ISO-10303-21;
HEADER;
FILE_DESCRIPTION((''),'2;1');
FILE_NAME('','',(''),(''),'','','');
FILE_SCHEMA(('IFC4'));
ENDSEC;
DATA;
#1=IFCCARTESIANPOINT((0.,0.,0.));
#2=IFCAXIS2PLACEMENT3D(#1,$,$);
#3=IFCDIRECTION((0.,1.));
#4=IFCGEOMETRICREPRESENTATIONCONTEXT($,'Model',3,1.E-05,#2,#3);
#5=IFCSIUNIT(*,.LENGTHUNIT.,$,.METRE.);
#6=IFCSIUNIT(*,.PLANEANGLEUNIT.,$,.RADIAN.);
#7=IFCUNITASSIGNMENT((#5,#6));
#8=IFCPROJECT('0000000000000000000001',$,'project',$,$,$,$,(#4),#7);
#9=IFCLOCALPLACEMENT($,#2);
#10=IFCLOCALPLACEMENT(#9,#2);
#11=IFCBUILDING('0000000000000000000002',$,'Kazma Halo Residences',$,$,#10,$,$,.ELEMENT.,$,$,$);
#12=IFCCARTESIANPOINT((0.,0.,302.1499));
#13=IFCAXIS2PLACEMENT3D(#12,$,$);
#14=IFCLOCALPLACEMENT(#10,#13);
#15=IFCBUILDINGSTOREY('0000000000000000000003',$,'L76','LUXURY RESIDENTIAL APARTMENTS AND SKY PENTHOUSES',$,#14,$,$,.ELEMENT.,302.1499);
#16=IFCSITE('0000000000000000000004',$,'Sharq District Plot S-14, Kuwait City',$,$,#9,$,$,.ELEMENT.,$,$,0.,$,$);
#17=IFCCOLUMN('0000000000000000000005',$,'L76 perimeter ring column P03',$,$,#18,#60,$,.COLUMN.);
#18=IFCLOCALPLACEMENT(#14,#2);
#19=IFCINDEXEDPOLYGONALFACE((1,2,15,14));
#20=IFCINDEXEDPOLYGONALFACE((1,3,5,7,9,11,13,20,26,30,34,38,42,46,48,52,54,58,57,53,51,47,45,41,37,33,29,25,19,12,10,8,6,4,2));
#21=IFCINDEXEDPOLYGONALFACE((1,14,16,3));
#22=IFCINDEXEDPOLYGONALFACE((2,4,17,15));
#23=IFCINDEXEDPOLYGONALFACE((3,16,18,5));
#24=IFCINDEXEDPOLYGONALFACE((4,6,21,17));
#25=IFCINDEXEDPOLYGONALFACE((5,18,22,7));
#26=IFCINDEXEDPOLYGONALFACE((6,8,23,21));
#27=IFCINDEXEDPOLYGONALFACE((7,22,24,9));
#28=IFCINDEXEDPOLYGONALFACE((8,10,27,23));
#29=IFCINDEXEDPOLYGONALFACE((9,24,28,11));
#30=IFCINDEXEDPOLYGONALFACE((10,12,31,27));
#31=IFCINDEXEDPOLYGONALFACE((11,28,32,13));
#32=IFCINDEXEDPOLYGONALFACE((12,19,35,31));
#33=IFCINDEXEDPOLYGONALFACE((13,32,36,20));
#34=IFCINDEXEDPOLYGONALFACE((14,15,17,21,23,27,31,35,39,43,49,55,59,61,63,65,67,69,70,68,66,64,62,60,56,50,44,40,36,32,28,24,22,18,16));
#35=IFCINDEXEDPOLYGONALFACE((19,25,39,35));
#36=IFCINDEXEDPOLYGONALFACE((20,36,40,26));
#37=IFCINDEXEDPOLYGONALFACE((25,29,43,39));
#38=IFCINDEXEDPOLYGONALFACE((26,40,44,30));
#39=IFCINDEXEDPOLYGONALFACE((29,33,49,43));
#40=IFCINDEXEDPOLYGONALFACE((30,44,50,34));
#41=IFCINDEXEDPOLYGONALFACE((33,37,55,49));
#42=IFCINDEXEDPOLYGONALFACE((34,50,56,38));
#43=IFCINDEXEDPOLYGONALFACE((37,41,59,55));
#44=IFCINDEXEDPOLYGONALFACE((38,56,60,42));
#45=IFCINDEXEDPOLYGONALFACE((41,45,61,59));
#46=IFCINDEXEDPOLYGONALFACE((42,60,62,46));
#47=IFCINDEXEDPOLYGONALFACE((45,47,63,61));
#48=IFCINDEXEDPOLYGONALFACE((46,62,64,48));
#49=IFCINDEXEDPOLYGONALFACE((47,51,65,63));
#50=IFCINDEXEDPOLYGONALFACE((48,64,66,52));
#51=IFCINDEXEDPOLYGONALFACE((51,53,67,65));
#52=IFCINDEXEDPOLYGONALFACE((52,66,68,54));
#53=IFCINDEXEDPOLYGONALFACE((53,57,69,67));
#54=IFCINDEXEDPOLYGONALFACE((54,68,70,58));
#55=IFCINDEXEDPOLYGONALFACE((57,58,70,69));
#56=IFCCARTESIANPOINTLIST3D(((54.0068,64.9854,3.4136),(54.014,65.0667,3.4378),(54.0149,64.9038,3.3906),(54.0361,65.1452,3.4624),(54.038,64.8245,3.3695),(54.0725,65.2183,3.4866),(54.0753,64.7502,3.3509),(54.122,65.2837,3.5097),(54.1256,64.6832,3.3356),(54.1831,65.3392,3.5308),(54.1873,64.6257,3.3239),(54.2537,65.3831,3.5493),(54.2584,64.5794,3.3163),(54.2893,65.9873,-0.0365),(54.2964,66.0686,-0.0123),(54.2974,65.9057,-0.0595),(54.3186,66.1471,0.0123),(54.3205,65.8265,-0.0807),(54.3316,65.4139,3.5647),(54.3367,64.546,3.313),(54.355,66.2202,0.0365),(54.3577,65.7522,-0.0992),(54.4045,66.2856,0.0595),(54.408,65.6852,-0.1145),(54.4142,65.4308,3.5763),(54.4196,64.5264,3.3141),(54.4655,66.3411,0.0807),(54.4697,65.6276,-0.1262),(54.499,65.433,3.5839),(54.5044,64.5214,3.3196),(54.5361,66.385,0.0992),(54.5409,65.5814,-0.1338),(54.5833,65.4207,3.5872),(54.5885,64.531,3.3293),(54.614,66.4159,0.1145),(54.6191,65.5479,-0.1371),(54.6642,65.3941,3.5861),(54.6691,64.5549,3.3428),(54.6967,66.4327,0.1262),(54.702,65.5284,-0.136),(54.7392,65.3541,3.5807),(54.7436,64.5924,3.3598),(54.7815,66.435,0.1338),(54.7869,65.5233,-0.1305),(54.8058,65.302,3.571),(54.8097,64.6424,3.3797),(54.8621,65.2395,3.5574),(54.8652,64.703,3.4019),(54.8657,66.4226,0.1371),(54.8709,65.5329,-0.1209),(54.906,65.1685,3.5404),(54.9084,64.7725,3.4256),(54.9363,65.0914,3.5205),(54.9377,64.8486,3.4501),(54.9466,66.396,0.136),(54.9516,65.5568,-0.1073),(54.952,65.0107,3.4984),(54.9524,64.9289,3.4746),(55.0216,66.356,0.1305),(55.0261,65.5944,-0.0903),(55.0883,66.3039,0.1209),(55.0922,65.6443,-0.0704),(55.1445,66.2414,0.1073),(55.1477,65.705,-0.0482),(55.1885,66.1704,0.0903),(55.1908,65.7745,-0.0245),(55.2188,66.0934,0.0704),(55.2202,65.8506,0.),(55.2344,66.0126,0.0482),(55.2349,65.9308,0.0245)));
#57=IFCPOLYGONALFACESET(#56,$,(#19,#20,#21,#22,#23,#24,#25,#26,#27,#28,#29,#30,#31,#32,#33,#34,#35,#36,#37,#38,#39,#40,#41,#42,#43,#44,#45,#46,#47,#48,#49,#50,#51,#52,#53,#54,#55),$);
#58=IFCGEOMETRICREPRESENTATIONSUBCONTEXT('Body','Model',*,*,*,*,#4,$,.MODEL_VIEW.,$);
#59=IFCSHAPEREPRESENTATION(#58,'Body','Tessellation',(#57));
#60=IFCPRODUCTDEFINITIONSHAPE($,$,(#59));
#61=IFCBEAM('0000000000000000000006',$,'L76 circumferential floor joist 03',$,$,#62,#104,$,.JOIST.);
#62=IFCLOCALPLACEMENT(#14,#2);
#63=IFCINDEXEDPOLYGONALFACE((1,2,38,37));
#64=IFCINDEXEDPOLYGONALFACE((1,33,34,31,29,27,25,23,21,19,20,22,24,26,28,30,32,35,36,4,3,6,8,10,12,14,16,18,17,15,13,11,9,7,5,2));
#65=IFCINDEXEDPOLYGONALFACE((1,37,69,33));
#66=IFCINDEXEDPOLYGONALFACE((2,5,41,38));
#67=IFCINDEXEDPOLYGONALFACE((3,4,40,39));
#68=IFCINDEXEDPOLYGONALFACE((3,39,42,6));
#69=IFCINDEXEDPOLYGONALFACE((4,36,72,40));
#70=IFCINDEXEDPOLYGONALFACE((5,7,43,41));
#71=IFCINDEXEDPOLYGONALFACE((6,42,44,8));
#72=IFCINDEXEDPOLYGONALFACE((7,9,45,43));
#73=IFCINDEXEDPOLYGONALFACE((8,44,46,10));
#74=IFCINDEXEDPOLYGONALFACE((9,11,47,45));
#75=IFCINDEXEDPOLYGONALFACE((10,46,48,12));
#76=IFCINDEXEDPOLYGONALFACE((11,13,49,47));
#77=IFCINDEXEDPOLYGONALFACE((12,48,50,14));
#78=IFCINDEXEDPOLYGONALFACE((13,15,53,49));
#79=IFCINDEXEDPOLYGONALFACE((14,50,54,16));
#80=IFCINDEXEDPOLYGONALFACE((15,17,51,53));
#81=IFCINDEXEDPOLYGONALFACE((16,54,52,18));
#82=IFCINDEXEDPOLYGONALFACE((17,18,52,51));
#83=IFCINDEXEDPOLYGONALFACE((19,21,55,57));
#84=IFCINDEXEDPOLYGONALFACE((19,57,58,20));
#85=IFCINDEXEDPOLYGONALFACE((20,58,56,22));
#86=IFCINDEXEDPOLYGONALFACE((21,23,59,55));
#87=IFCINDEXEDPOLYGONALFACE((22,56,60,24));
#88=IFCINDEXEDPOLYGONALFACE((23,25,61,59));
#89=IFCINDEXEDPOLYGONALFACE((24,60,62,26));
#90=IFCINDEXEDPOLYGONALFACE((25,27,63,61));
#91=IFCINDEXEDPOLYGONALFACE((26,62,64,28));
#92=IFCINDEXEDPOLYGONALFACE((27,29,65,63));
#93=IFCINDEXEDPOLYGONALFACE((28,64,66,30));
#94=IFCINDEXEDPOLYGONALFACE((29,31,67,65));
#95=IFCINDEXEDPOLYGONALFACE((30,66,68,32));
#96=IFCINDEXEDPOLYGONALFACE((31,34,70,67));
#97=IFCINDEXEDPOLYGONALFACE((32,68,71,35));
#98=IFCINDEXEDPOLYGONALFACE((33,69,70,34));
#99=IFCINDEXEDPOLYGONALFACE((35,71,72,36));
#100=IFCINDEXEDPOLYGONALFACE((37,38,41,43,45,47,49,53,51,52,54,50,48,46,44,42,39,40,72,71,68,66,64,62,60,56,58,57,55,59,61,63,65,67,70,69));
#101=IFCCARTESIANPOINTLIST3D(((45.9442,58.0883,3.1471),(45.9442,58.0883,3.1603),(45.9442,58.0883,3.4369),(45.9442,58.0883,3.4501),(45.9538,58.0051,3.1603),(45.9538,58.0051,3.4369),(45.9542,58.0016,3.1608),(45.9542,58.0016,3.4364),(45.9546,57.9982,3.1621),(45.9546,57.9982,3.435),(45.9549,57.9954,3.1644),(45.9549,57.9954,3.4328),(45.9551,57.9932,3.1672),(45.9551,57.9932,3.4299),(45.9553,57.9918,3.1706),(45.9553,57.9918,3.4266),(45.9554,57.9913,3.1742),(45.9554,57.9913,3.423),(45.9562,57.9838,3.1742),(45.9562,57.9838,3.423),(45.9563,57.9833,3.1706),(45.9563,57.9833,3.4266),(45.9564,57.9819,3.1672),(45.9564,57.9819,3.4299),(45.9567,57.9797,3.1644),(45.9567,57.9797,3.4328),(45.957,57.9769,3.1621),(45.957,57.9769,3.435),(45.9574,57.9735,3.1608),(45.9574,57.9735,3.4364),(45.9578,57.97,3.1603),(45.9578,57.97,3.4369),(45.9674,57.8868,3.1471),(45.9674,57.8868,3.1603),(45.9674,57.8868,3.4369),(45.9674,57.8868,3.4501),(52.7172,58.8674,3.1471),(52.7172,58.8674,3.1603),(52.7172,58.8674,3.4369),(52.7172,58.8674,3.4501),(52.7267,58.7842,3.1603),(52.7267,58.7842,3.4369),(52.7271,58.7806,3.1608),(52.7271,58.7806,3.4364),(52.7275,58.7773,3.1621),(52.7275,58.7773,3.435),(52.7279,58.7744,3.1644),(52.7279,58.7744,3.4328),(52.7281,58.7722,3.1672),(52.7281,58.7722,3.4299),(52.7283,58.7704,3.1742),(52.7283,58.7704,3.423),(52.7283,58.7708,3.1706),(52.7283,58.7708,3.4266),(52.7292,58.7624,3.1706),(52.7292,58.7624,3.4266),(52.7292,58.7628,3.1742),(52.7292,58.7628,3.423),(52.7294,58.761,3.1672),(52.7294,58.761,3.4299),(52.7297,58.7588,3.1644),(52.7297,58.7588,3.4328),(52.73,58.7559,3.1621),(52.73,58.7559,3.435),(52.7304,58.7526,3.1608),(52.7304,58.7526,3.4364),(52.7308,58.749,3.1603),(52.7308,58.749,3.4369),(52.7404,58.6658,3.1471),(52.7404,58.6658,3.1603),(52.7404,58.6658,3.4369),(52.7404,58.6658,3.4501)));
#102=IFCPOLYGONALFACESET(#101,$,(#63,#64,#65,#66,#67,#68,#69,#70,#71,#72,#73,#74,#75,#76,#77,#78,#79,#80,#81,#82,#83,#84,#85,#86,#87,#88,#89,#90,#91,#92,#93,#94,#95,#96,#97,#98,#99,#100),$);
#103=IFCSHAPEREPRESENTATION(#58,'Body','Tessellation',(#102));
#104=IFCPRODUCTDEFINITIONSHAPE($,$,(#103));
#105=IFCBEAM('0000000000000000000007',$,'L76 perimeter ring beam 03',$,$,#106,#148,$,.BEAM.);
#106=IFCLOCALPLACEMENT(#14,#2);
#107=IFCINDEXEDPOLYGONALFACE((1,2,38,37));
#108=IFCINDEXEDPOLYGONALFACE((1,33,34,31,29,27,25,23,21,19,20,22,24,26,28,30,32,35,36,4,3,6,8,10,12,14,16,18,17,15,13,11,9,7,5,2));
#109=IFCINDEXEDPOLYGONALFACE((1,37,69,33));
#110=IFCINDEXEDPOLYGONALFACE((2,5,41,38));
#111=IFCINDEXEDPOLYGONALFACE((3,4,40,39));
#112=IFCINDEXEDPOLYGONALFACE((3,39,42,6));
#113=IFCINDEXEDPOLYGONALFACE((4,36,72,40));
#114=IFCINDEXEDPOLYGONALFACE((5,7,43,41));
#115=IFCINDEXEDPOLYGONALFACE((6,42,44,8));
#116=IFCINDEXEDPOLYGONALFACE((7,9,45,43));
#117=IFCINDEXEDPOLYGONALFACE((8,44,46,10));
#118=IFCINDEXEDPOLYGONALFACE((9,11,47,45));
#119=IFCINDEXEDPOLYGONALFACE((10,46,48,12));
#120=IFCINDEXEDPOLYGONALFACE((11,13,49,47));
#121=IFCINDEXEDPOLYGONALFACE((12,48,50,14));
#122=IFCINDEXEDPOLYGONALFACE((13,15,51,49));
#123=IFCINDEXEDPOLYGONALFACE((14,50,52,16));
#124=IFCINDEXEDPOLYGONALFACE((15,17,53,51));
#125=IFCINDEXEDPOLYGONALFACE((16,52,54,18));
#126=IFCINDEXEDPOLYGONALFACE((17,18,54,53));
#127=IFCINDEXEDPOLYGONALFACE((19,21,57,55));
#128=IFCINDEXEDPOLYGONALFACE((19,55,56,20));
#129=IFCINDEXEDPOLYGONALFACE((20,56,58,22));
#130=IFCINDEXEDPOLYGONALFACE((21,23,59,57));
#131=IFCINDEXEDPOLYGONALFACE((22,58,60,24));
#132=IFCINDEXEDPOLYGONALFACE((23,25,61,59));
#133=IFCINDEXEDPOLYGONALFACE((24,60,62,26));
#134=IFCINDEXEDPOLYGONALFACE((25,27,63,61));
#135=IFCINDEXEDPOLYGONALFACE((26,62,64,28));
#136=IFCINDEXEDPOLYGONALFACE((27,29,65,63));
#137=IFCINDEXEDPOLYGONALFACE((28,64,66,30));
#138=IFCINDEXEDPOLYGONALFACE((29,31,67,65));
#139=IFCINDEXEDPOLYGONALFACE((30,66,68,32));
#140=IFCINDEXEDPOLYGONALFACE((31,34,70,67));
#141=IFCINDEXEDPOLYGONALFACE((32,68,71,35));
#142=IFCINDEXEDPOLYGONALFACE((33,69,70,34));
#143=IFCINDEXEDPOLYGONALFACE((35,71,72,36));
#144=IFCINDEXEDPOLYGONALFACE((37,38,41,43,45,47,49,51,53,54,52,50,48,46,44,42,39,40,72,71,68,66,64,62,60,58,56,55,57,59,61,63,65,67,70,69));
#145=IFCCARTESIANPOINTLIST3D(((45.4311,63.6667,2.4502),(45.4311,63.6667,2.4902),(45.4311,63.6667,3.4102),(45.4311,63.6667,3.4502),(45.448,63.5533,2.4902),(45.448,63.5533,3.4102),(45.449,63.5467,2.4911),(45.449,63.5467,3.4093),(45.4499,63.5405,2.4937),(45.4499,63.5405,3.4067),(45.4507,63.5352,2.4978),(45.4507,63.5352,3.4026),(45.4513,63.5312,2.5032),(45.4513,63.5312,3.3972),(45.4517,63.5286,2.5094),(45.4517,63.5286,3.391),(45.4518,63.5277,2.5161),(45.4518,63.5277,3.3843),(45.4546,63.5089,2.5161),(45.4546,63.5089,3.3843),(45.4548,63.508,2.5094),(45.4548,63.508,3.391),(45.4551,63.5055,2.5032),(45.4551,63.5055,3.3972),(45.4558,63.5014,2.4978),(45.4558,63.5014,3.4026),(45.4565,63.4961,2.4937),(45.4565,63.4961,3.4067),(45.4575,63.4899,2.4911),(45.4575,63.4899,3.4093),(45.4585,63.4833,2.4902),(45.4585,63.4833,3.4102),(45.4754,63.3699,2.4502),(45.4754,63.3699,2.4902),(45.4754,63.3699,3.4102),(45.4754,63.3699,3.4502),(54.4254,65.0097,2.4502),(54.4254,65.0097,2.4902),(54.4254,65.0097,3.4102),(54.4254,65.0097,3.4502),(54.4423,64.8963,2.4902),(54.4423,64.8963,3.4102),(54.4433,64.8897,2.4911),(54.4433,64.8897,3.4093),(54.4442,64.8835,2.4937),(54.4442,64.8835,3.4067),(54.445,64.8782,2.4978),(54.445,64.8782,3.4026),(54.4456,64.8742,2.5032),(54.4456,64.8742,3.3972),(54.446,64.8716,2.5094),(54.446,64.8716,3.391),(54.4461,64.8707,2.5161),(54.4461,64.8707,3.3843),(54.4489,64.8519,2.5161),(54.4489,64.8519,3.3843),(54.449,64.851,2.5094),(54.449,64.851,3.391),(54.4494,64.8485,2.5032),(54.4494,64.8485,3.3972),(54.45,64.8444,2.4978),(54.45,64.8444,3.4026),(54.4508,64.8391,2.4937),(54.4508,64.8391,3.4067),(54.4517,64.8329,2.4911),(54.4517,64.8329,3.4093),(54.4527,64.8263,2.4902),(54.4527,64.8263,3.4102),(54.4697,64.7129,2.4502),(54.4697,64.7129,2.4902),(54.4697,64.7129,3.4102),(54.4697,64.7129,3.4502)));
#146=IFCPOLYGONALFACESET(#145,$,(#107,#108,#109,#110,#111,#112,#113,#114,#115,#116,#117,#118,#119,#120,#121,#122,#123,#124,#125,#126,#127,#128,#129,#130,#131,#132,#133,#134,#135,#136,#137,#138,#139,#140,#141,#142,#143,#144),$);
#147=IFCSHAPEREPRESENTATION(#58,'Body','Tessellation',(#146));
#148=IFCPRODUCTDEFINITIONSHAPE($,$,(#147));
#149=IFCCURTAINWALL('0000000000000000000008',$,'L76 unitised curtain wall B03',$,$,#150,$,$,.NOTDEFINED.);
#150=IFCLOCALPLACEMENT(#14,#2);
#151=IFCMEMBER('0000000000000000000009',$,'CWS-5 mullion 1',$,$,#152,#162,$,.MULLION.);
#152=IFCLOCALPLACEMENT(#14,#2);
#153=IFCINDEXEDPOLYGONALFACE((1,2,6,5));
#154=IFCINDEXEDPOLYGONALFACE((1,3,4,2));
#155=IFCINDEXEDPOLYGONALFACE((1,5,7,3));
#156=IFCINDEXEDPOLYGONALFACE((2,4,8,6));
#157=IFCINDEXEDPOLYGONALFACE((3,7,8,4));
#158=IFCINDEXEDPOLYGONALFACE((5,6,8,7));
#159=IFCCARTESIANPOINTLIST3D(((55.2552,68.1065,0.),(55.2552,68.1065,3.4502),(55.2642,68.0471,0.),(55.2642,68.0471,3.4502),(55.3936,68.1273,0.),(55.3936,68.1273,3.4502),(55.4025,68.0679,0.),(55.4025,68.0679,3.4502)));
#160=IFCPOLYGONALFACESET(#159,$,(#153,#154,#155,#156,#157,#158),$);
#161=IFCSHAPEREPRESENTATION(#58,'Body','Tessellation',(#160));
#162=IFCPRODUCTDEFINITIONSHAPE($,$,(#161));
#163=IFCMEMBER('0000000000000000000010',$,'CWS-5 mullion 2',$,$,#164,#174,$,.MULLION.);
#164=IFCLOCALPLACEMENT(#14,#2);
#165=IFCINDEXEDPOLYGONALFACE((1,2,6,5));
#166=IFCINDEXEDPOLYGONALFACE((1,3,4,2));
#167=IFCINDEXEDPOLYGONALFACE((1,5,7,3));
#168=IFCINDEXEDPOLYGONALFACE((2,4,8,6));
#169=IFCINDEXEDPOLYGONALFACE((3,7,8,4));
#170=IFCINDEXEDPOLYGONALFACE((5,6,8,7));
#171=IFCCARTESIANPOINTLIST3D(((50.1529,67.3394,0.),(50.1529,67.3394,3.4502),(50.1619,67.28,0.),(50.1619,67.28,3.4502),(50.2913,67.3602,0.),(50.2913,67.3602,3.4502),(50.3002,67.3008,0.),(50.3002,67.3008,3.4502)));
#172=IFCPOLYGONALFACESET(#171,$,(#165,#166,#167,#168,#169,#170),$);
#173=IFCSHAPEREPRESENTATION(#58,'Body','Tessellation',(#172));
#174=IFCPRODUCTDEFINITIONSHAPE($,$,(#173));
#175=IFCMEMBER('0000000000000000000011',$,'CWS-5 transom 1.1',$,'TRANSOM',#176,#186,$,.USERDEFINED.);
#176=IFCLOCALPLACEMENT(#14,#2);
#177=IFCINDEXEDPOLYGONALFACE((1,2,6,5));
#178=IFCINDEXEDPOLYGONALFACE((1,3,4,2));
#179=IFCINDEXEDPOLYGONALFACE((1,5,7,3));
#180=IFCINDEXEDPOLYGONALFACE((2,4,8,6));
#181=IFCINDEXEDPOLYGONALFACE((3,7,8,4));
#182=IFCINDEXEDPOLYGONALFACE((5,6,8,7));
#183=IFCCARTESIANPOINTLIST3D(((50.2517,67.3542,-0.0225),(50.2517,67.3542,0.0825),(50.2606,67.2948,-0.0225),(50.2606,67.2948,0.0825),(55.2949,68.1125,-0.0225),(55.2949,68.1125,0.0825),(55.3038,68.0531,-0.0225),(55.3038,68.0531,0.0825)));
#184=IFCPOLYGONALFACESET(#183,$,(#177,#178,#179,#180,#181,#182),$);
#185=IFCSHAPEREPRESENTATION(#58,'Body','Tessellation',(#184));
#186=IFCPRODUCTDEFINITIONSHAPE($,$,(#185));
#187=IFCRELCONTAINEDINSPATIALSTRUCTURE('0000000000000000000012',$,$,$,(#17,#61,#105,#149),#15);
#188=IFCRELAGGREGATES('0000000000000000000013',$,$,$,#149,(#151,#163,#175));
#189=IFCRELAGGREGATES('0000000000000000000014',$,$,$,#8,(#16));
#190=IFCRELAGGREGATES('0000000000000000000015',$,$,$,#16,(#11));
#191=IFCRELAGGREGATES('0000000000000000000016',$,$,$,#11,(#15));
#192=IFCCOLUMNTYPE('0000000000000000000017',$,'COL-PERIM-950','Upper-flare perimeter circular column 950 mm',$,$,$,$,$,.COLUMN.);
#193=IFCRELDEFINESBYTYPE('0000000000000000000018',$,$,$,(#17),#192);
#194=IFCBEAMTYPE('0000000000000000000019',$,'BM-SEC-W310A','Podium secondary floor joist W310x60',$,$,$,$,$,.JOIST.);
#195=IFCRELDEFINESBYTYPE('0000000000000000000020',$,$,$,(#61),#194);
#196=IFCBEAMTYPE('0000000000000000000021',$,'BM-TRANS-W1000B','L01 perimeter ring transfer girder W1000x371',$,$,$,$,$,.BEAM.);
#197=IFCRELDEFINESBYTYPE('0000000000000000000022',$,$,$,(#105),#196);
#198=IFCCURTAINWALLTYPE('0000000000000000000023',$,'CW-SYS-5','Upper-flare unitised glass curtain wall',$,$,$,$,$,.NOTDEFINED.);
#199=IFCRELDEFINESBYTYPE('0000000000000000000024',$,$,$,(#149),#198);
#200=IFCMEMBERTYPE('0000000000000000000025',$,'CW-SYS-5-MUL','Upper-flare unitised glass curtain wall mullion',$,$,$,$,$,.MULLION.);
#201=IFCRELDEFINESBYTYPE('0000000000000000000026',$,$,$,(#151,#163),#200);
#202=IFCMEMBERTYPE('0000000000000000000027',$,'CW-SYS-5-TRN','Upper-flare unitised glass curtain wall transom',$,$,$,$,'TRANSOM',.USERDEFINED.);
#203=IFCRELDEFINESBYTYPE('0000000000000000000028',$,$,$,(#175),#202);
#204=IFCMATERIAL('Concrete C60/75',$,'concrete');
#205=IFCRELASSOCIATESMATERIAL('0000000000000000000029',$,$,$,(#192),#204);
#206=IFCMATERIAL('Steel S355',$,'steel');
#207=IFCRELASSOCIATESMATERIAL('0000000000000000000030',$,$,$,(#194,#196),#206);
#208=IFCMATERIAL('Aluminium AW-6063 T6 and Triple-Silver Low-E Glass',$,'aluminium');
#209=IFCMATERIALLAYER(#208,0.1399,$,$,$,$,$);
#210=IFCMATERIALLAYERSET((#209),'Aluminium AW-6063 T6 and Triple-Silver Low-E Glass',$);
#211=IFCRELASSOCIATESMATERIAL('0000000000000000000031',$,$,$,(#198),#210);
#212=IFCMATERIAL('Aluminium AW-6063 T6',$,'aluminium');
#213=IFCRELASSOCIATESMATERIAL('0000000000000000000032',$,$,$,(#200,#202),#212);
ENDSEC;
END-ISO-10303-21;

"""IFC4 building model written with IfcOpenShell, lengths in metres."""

from ifc_helpers import new_model, si_unit, direction, frame, origin, origin_2d, place, context, subcontext, project, spatial, rectangle, circle, i_section, extrude, material, layer, layer_set, material_profile, profile_set, type_object, element, aggregate, save


model = new_model("IFC4")

# Units and contexts
model_context = context("Model", 3, precision=1e-05, world=origin(), true_north=direction((0.0, 1.0)))
body_context = subcontext(model_context, "Body", "Model", "MODEL_VIEW")
ifc_project = project(units=[si_unit("LENGTHUNIT", "METRE"), si_unit("PLANEANGLEUNIT", "RADIAN")], contexts=[model_context])

# Site, building, storey
site_placement = place(None, origin())
site = spatial("IfcSite", under=ifc_project, at=site_placement, Name="Sharq District Plot S-14, Kuwait City", CompositionType="ELEMENT", RefElevation=0.0)
building_placement = place(site_placement, origin())
building = spatial("IfcBuilding", under=site, at=building_placement, Name="Kazma Halo Residences", CompositionType="ELEMENT")
storey_placement = place(building_placement, frame((0.0, 0.0, 302.1499)))
storey = spatial("IfcBuildingStorey", under=building, at=storey_placement, Name="L76", Description="LUXURY RESIDENTIAL APARTMENTS AND SKY PENTHOUSES", CompositionType="ELEMENT", Elevation=302.1499)

# Column
ifc_material_1 = material(Name="Concrete C60/75", Category="concrete")
ifc_material_profile_1 = material_profile(ifc_material_1, circle(Radius=0.4751, at=origin_2d()), Name="CIRC950")
ifc_profile_set_1 = profile_set([ifc_material_profile_1], Name="Concrete C60/75")
column_type = type_object("IfcColumnType", Name="COL-PERIM-950", Description="Upper-flare perimeter circular column 950 mm", PredefinedType="COLUMN", material=ifc_profile_set_1)
column_placement = place(storey_placement, frame((54.7629, 65.9795, 0.0), z_axis=(-0.078381, -0.278025, 0.957371), x_axis=(0.962483, -0.271343, 0.0)))
element("IfcColumn", 1, at=column_placement, inside=storey, type_object=column_type, Name="L76 perimeter ring column P03", PredefinedType="COLUMN", context=body_context, shape_type="SweptSolid", body=[
    extrude(circle(Radius=0.4751, at=origin_2d()), origin(), (0.0, 0.0, 1.0), 3.6038),
])

# Beams
ifc_material_2 = material(Name="Steel S355", Category="steel")
ifc_material_profile_2 = material_profile(ifc_material_2, i_section(OverallWidth=0.2029, OverallDepth=0.303, WebThickness=0.0076, FlangeThickness=0.0132, FilletRadius=0.0139, at=origin_2d()), Name="W310x60")
ifc_profile_set_2 = profile_set([ifc_material_profile_2], Name="Steel S355")
beam_type_1 = type_object("IfcBeamType", Name="BM-SEC-W310A", Description="Podium secondary floor joist W310x60", PredefinedType="JOIST", material=ifc_profile_set_2)
beam_1_placement = place(storey_placement, frame((52.7288, 58.7666, 3.2986), z_axis=(-0.99345, -0.114271, 0.0), x_axis=(0.114271, -0.99345, 0.0)))
element("IfcBeam", 2, at=beam_1_placement, inside=storey, type_object=beam_type_1, Name="L76 circumferential floor joist 03", PredefinedType="JOIST", context=body_context, shape_type="SweptSolid", body=[
    extrude(i_section(OverallWidth=0.2029, OverallDepth=0.303, WebThickness=0.0076, FlangeThickness=0.0132, FilletRadius=0.0139, at=origin_2d()), origin(), (0.0, 0.0, 1.0), 6.8176),
])
ifc_material_profile_3 = material_profile(ifc_material_2, i_section(OverallWidth=0.3, OverallDepth=1.0, WebThickness=0.019, FlangeThickness=0.04, FilletRadius=0.0259, at=origin_2d()), Name="W1000x371")
ifc_profile_set_3 = profile_set([ifc_material_profile_3], Name="Steel S355")
beam_type_2 = type_object("IfcBeamType", Name="BM-TRANS-W1000B", Description="L01 perimeter ring transfer girder W1000x371", PredefinedType="BEAM", material=ifc_profile_set_3)
beam_2_placement = place(storey_placement, frame((54.4475, 64.8613, 2.9502), z_axis=(-0.989035, -0.14768, 0.0), x_axis=(0.14768, -0.989035, 0.0)))
element("IfcBeam", 3, at=beam_2_placement, inside=storey, type_object=beam_type_2, Name="L76 perimeter ring beam 03", PredefinedType="BEAM", context=body_context, shape_type="SweptSolid", body=[
    extrude(i_section(OverallWidth=0.3, OverallDepth=1.0, WebThickness=0.019, FlangeThickness=0.04, FilletRadius=0.0259, at=origin_2d()), origin(), (0.0, 0.0, 1.0), 9.094),
])

# Curtain wall, members
ifc_material_3 = material(Name="Aluminium AW-6063 T6 and Triple-Silver Low-E Glass", Category="aluminium")
ifc_layer_1 = layer(ifc_material_3, 0.1399)
ifc_layer_set_1 = layer_set([ifc_layer_1], Name="Aluminium AW-6063 T6 and Triple-Silver Low-E Glass")
curtain_wall_type = type_object("IfcCurtainWallType", Name="CW-SYS-5", Description="Upper-flare unitised glass curtain wall", PredefinedType="NOTDEFINED", material=ifc_layer_set_1)
curtain_wall_placement = place(storey_placement, origin())
curtain_wall = element("IfcCurtainWall", 4, at=curtain_wall_placement, inside=storey, type_object=curtain_wall_type, Name="L76 unitised curtain wall B03", PredefinedType="NOTDEFINED")
ifc_material_4 = material(Name="Aluminium AW-6063 T6", Category="aluminium")
ifc_material_profile_4 = material_profile(ifc_material_4, rectangle(XDim=0.0601, YDim=0.1399, at=origin_2d()), Name="CWM-60x140")
ifc_profile_set_4 = profile_set([ifc_material_profile_4], Name="Aluminium AW-6063 T6")
member_type_1 = type_object("IfcMemberType", Name="CW-SYS-5-MUL", Description="Upper-flare unitised glass curtain wall mullion", PredefinedType="MULLION", material=ifc_profile_set_4)
member_1_placement = place(storey_placement, frame((55.3289, 68.0872, 0.0), z_axis=(0.0, 0.0, 1.0), x_axis=(0.148697, -0.988883, 0.0)))
member_1 = element("IfcMember", 5, at=member_1_placement, type_object=member_type_1, Name="CWS-5 mullion 1", PredefinedType="MULLION", context=body_context, shape_type="SweptSolid", body=[
    extrude(rectangle(XDim=0.0601, YDim=0.1399, at=origin_2d()), origin(), (0.0, 0.0, 1.0), 3.4502),
])
member_2_placement = place(storey_placement, frame((50.2266, 67.3201, 0.0), z_axis=(0.0, 0.0, 1.0), x_axis=(0.148697, -0.988883, 0.0)))
member_2 = element("IfcMember", 6, at=member_2_placement, type_object=member_type_1, Name="CWS-5 mullion 2", PredefinedType="MULLION", context=body_context, shape_type="SweptSolid", body=[
    extrude(rectangle(XDim=0.0601, YDim=0.1399, at=origin_2d()), origin(), (0.0, 0.0, 1.0), 3.4502),
])
ifc_material_profile_5 = material_profile(ifc_material_4, rectangle(XDim=0.0601, YDim=0.105, at=origin_2d()), Name="CWT-60x105")
ifc_profile_set_5 = profile_set([ifc_material_profile_5], Name="Aluminium AW-6063 T6")
member_type_2 = type_object("IfcMemberType", Name="CW-SYS-5-TRN", Description="Upper-flare unitised glass curtain wall transom", ElementType="TRANSOM", PredefinedType="USERDEFINED", material=ifc_profile_set_5)
member_3_placement = place(storey_placement, frame((55.2993, 68.0828, 0.03), z_axis=(-0.988884, -0.148689, 0.0), x_axis=(0.148689, -0.988884, 0.0)))
member_3 = element("IfcMember", 7, at=member_3_placement, type_object=member_type_2, Name="CWS-5 transom 1.1", ObjectType="TRANSOM", PredefinedType="USERDEFINED", context=body_context, shape_type="SweptSolid", body=[
    extrude(rectangle(XDim=0.0601, YDim=0.105, at=origin_2d()), origin(), (0.0, 0.0, 1.0), 5.0999),
])
aggregate(curtain_wall, [member_1, member_2, member_3])

save(model, "model.ifc")
